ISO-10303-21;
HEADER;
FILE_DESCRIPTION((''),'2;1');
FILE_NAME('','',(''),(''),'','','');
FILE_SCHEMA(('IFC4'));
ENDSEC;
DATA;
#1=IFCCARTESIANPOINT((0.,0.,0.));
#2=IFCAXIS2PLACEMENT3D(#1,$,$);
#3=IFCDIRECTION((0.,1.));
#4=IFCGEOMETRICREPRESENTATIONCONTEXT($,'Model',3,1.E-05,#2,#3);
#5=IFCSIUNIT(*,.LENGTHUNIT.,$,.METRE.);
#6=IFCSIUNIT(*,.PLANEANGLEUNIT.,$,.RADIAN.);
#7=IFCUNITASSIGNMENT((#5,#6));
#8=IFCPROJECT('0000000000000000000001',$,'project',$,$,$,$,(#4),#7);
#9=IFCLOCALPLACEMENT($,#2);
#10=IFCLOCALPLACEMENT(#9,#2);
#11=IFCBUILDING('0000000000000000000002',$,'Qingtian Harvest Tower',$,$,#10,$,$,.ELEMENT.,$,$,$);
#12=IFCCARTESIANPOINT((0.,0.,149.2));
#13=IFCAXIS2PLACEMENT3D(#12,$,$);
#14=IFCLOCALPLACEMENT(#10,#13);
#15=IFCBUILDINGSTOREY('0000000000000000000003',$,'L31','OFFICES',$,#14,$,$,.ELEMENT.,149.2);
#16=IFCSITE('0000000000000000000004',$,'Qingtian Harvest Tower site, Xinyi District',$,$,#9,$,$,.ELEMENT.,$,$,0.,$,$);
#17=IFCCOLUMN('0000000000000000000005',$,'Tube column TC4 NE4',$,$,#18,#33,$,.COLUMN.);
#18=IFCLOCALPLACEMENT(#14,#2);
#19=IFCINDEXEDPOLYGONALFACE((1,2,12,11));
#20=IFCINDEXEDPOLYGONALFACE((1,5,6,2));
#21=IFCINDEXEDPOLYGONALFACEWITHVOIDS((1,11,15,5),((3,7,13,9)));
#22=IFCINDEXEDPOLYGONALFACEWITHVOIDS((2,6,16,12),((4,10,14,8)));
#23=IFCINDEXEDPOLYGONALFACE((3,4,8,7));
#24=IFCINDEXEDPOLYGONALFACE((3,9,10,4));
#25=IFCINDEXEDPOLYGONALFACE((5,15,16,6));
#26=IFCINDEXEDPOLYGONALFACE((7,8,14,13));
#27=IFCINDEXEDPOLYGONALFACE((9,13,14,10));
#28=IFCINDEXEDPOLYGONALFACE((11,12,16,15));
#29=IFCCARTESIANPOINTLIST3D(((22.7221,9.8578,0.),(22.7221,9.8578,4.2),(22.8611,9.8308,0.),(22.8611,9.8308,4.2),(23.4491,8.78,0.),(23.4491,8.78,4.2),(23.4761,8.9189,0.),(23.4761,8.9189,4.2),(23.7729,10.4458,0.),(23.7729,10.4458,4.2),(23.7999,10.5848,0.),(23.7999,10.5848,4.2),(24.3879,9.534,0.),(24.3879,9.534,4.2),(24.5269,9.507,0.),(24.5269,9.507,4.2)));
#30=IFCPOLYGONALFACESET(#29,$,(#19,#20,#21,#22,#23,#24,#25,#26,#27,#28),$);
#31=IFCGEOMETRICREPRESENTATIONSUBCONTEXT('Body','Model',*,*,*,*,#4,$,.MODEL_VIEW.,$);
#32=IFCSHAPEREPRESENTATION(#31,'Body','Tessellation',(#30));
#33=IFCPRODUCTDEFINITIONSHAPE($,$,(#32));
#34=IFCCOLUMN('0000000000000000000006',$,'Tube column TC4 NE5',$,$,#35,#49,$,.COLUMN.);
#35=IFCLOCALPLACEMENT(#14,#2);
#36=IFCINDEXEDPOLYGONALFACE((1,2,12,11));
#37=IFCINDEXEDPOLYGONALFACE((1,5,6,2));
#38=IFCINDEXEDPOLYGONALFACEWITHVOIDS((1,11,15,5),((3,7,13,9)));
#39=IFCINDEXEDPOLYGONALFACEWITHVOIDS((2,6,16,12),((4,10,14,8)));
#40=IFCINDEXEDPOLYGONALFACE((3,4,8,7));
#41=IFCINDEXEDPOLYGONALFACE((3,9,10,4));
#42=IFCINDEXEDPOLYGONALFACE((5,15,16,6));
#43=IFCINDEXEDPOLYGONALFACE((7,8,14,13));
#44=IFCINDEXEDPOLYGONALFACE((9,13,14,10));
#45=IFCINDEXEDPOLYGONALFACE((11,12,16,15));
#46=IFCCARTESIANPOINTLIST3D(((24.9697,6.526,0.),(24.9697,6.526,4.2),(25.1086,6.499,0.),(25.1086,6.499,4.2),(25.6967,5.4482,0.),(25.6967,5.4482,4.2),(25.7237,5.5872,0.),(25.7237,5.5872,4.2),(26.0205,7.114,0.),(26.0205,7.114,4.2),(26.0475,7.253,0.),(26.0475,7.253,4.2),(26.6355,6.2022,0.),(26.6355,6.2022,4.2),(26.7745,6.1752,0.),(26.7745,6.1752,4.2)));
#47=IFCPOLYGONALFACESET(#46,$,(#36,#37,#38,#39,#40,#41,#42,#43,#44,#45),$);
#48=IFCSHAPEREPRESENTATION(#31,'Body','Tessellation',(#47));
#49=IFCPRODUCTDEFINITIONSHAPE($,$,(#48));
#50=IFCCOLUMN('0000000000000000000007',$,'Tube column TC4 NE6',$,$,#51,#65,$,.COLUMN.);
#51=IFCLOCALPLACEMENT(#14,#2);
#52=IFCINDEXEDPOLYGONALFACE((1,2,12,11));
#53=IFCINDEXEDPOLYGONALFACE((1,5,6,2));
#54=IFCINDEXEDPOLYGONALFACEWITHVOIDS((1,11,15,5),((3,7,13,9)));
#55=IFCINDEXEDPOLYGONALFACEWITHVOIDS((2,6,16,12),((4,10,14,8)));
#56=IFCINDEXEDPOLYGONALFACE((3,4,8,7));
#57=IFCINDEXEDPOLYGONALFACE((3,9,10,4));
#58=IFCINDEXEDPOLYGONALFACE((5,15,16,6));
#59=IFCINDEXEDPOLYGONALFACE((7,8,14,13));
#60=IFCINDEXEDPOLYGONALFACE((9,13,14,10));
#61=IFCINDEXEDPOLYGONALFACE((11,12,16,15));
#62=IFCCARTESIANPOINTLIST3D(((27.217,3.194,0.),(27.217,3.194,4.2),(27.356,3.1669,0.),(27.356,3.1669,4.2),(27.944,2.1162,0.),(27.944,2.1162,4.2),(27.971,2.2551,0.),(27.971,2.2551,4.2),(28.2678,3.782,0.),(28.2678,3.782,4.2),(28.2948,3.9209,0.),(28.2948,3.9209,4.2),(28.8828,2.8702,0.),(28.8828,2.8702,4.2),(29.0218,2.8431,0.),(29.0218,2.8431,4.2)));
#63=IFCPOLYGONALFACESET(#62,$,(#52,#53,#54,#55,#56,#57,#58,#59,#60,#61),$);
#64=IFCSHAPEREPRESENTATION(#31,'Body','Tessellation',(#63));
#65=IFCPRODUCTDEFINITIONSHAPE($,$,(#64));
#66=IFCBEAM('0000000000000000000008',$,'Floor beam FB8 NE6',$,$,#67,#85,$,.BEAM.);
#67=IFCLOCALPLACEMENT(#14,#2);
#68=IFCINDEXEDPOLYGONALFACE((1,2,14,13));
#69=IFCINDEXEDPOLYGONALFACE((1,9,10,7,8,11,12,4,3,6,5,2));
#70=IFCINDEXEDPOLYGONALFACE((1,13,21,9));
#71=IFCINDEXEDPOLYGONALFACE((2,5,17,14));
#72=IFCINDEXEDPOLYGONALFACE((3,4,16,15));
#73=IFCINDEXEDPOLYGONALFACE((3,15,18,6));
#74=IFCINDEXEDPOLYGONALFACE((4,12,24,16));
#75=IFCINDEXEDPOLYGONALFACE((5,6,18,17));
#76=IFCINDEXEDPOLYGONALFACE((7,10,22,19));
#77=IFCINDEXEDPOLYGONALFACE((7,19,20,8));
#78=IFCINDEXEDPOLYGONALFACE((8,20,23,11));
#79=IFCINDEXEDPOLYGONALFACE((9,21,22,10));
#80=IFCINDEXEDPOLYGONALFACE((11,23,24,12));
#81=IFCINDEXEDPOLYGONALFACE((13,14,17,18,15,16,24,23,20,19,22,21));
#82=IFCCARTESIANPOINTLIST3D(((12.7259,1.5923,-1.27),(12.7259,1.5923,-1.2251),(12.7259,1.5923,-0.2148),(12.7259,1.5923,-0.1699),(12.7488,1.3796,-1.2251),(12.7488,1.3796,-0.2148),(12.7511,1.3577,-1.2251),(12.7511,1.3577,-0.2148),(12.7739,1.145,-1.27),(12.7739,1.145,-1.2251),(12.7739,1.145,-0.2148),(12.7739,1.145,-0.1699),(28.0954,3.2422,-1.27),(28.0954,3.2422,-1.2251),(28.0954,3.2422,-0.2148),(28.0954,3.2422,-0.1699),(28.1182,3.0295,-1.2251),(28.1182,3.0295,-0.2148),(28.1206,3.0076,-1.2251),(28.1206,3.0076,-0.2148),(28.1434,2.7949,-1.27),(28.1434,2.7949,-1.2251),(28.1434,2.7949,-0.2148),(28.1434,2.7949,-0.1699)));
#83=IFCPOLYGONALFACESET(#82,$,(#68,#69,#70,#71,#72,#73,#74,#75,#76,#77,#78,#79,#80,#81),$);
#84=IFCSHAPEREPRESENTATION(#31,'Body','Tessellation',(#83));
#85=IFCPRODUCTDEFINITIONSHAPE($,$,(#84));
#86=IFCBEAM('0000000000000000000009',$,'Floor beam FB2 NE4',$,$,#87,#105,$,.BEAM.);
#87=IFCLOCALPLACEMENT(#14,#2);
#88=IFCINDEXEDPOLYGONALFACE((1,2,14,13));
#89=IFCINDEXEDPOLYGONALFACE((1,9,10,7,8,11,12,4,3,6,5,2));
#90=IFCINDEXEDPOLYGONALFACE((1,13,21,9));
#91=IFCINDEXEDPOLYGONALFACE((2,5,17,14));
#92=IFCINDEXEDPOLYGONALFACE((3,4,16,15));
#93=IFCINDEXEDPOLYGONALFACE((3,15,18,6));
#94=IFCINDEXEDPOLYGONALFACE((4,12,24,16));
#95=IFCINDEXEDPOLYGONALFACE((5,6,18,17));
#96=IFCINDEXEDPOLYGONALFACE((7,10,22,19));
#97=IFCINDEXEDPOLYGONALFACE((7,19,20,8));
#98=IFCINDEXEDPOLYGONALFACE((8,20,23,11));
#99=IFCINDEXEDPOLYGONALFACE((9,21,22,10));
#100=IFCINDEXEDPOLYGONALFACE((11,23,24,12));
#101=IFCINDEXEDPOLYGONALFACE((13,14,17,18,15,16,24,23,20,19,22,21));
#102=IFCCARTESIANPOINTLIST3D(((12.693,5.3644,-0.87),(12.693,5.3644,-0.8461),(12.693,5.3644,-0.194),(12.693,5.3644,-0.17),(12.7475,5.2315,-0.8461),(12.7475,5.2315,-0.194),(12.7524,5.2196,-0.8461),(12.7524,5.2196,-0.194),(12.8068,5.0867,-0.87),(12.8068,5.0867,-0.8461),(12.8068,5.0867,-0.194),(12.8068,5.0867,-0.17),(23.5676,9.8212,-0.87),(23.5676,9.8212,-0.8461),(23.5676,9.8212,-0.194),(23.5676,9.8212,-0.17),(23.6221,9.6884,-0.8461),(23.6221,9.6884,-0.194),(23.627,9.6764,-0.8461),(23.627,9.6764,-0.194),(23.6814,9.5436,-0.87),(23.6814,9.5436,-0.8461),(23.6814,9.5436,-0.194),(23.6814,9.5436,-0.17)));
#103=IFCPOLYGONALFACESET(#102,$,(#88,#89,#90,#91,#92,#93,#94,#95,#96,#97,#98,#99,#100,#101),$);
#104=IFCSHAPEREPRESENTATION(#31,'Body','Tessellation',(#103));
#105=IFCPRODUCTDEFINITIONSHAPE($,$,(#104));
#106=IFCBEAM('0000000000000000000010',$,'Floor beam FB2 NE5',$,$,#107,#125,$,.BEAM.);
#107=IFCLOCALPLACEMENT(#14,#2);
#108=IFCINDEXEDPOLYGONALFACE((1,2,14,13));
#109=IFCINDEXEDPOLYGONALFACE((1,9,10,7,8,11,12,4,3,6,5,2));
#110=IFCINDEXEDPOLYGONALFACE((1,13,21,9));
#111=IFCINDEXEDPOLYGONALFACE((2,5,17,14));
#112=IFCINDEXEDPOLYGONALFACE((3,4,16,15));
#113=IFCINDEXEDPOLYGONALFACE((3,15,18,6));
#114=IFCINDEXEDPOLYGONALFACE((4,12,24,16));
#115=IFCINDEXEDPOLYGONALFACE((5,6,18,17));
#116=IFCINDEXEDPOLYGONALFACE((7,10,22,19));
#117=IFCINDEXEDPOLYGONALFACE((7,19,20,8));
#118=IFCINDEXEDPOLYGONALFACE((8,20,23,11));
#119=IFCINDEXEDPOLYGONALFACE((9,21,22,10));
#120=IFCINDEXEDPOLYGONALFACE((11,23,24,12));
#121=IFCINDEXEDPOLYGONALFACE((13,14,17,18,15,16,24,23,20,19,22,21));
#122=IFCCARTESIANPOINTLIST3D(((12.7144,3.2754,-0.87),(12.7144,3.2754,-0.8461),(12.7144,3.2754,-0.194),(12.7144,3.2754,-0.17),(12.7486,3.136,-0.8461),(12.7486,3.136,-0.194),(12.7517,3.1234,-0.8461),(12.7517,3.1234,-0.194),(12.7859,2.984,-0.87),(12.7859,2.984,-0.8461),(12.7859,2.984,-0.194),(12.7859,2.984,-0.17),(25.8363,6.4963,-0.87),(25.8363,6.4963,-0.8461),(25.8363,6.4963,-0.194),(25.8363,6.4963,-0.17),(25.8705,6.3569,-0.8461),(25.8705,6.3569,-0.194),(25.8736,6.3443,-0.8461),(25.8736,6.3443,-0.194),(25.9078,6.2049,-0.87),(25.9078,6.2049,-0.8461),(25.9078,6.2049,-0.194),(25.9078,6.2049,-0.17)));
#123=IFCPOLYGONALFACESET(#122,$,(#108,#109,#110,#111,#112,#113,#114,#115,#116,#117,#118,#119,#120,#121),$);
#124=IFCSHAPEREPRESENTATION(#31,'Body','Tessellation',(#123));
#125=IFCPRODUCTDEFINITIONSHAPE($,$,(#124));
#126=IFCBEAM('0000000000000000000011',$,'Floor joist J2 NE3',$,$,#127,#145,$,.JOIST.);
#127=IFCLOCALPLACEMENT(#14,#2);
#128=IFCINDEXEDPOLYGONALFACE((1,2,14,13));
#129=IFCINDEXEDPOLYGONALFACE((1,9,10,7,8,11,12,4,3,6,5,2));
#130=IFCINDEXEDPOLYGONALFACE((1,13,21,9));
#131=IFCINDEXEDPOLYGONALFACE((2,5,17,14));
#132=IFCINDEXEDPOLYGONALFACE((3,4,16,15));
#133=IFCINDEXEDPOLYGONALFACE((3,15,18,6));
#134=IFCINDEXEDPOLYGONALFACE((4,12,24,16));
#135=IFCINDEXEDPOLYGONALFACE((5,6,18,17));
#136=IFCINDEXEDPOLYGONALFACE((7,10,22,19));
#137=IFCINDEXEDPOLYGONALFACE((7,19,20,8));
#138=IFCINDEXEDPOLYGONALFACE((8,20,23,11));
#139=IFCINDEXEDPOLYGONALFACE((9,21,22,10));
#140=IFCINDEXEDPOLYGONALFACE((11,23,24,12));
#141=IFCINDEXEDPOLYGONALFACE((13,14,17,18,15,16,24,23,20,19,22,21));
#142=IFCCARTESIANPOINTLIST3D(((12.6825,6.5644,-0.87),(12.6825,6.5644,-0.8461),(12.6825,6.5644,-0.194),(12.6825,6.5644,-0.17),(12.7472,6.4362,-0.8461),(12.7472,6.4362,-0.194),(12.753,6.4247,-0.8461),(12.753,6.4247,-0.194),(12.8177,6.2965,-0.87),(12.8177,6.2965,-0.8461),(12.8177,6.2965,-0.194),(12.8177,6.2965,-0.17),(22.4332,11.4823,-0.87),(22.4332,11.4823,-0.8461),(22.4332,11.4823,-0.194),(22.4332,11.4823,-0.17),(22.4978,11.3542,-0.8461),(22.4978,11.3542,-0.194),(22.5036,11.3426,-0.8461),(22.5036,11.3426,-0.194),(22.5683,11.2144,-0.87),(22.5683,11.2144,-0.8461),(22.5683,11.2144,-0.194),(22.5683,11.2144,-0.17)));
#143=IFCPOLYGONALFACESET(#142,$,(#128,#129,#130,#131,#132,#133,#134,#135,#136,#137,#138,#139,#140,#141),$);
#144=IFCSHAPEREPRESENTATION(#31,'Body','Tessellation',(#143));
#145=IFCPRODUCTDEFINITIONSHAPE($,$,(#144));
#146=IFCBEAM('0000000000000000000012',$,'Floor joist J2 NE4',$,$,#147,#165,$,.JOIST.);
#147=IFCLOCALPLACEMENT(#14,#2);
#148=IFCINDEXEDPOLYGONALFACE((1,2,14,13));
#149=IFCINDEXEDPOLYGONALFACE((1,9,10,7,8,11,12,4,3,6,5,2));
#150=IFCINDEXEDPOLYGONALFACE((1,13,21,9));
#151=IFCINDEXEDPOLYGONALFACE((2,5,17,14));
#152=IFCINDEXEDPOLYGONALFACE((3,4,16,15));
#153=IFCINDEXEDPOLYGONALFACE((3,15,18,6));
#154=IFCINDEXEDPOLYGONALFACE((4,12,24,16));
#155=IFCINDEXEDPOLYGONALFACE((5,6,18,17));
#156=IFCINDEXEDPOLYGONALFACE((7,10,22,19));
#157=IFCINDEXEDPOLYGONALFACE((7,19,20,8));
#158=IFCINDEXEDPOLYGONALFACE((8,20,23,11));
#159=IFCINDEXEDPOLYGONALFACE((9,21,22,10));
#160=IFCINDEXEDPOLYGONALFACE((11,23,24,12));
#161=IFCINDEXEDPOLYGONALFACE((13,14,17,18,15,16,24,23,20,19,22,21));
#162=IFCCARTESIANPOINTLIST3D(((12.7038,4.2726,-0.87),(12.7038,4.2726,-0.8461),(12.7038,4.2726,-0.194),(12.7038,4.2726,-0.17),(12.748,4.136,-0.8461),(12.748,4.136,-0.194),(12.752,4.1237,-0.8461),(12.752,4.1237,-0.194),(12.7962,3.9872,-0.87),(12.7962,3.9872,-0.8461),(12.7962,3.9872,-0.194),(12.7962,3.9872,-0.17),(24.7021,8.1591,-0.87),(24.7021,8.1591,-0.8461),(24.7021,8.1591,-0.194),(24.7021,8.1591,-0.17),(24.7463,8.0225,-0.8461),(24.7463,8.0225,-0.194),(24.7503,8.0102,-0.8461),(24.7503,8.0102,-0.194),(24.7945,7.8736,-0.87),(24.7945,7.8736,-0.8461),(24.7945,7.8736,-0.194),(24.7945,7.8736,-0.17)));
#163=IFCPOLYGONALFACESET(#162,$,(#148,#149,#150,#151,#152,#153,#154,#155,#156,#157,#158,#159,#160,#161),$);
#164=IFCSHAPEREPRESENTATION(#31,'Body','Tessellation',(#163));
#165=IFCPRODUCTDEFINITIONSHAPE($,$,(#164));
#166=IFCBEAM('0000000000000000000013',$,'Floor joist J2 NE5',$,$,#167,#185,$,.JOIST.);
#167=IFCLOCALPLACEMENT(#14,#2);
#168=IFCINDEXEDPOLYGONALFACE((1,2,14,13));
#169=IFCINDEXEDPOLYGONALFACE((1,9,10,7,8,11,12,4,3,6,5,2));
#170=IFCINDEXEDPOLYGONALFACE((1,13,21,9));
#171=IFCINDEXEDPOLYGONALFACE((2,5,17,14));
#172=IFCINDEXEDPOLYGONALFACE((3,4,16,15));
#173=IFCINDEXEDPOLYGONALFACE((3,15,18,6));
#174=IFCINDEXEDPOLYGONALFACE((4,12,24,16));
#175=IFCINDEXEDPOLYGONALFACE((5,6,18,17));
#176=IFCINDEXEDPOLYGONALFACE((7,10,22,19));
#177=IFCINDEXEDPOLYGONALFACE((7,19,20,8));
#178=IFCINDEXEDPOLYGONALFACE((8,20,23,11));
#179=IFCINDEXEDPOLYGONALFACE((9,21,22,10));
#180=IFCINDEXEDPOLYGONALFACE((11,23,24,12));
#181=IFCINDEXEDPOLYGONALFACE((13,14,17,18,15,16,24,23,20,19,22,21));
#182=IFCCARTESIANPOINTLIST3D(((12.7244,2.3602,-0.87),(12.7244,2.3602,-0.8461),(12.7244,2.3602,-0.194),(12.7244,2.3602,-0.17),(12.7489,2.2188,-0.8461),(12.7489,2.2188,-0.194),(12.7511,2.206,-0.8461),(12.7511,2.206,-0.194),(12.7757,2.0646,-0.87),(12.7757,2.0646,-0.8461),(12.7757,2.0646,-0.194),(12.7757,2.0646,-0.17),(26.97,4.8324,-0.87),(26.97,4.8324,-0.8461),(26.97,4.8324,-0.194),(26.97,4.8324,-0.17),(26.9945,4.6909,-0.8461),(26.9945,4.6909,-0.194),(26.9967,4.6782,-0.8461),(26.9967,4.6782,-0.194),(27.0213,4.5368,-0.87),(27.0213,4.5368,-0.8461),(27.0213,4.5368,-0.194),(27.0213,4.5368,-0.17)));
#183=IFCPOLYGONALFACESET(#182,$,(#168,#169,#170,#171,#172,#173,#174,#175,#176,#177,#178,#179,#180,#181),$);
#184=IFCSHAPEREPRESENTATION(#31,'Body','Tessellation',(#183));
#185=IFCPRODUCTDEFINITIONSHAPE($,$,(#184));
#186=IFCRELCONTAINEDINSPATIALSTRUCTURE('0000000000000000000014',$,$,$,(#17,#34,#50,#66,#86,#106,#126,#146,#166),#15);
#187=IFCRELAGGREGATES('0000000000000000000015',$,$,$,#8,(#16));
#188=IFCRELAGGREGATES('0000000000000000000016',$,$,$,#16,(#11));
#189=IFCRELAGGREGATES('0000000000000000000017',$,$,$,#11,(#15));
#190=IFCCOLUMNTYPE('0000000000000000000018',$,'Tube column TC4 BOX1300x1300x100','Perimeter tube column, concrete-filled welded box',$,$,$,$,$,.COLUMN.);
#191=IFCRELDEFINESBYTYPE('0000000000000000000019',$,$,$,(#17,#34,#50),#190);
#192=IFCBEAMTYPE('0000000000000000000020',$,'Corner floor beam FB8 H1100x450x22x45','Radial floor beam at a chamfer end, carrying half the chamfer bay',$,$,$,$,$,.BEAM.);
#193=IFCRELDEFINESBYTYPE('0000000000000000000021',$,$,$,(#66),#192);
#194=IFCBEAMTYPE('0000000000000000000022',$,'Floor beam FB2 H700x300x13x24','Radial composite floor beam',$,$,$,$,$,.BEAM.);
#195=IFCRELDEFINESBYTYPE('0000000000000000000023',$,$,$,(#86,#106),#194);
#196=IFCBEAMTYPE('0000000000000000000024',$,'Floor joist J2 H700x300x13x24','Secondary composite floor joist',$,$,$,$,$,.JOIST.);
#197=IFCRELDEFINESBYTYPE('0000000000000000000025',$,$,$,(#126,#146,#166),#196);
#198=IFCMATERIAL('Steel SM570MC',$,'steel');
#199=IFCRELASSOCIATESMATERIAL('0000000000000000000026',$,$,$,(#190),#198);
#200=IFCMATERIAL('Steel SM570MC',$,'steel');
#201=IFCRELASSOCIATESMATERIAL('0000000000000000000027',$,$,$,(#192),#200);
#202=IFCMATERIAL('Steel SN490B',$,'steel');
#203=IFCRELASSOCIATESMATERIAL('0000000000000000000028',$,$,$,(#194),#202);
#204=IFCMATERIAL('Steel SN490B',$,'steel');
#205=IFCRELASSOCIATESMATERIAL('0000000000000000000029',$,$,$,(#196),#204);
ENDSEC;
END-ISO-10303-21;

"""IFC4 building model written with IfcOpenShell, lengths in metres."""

from ifc_helpers import new_model, si_unit, direction, frame, origin, origin_2d, place, context, subcontext, project, spatial, hollow_rectangle, i_section, extrude, material, material_profile, profile_set, type_object, element, save


model = new_model("IFC4")

# Units and contexts
model_context = context("Model", 3, precision=1e-05, world=origin(), true_north=direction((0.0, 1.0)))
body_context = subcontext(model_context, "Body", "Model", "MODEL_VIEW")
ifc_project = project(units=[si_unit("LENGTHUNIT", "METRE"), si_unit("PLANEANGLEUNIT", "RADIAN")], contexts=[model_context])

# Site, building, storey
site_placement = place(None, origin())
site = spatial("IfcSite", under=ifc_project, at=site_placement, Name="Qingtian Harvest Tower site, Xinyi District", CompositionType="ELEMENT", RefElevation=0.0)
building_placement = place(site_placement, origin())
building = spatial("IfcBuilding", under=site, at=building_placement, Name="Qingtian Harvest Tower", CompositionType="ELEMENT")
storey_placement = place(building_placement, frame((0.0, 0.0, 149.2)))
storey = spatial("IfcBuildingStorey", under=building, at=storey_placement, Name="L31", Description="OFFICES", CompositionType="ELEMENT", Elevation=149.2)

# Columns
ifc_material_1 = material(Name="Steel SM570MC", Category="steel")
ifc_material_profile_1 = material_profile(ifc_material_1, hollow_rectangle(XDim=1.3, YDim=1.3, WallThickness=0.1001, at=origin_2d()), Name="BOX1300x1300x100")
ifc_profile_set_1 = profile_set([ifc_material_profile_1], Name="Steel SM570MC")
column_type = type_object("IfcColumnType", Name="Tube column TC4 BOX1300x1300x100", Description="Perimeter tube column, concrete-filled welded box", PredefinedType="COLUMN", material=ifc_profile_set_1)
for number, where, z_axis, x_axis, name in (
    (1, (23.6245, 9.6824, 0.0), (0.0, 0.0, 1.0), (-0.559193, 0.829038, 0.0), "Tube column TC4 NE4"),
    (2, (25.8721, 6.3506, 0.0), (0.0, 0.0, 1.0), (-0.559193, 0.829038, 0.0), "Tube column TC4 NE5"),
    (3, (28.1194, 3.0186, 0.0), (0.0, 0.0, 1.0), (-0.559193, 0.829038, 0.0), "Tube column TC4 NE6"),
):
    element("IfcColumn", number, at=place(storey_placement, frame(where, z_axis=z_axis, x_axis=x_axis)), inside=storey, type_object=column_type, Name=name, PredefinedType="COLUMN", context=body_context, shape_type="SweptSolid", body=[
        extrude(hollow_rectangle(XDim=1.3, YDim=1.3, WallThickness=0.1001, at=origin_2d()), origin(), (0.0, 0.0, 1.0), 4.2),
    ])

# Beams
ifc_material_2 = material(Name="Steel SM570MC", Category="steel")
ifc_material_profile_2 = material_profile(ifc_material_2, i_section(OverallWidth=0.45, OverallDepth=1.1001, WebThickness=0.022, FlangeThickness=0.0449, at=origin_2d()), Name="H1100x450x22x45")
ifc_profile_set_2 = profile_set([ifc_material_profile_2], Name="Steel SM570MC")
beam_type_1 = type_object("IfcBeamType", Name="Corner floor beam FB8 H1100x450x22x45", Description="Radial floor beam at a chamfer end, carrying half the chamfer bay", PredefinedType="BEAM", material=ifc_profile_set_2)
beam_1_placement = place(storey_placement, frame((28.1194, 3.0186, -0.72), z_axis=(-0.994287, -0.106737, 0.0), x_axis=(0.106737, -0.994287, 0.0)))
element("IfcBeam", 4, at=beam_1_placement, inside=storey, type_object=beam_type_1, Name="Floor beam FB8 NE6", PredefinedType="BEAM", context=body_context, shape_type="SweptSolid", body=[
    extrude(i_section(OverallWidth=0.45, OverallDepth=1.1001, WebThickness=0.022, FlangeThickness=0.0449, at=origin_2d()), origin(), (0.0, 0.0, 1.0), 15.4578),
])
ifc_material_3 = material(Name="Steel SN490B", Category="steel")
ifc_material_profile_3 = material_profile(ifc_material_3, i_section(OverallWidth=0.3, OverallDepth=0.7, WebThickness=0.0129, FlangeThickness=0.0239, at=origin_2d()), Name="H700x300x13x24")
ifc_profile_set_3 = profile_set([ifc_material_profile_3], Name="Steel SN490B")
beam_type_2 = type_object("IfcBeamType", Name="Floor beam FB2 H700x300x13x24", Description="Radial composite floor beam", PredefinedType="BEAM", material=ifc_profile_set_3)
beam_2_placement = place(storey_placement, frame((23.6245, 9.6824, -0.52), z_axis=(-0.925305, -0.379225, 0.0), x_axis=(0.379225, -0.925305, 0.0)))
element("IfcBeam", 5, at=beam_2_placement, inside=storey, type_object=beam_type_2, Name="Floor beam FB2 NE4", PredefinedType="BEAM", context=body_context, shape_type="SweptSolid", body=[
    extrude(i_section(OverallWidth=0.3, OverallDepth=0.7, WebThickness=0.0129, FlangeThickness=0.0239, at=origin_2d()), origin(), (0.0, 0.0, 1.0), 11.7524),
])
beam_3_placement = place(storey_placement, frame((25.8721, 6.3506, -0.52), z_axis=(-0.971171, -0.238384, 0.0), x_axis=(0.238384, -0.971171, 0.0)))
element("IfcBeam", 6, at=beam_3_placement, inside=storey, type_object=beam_type_2, Name="Floor beam FB2 NE5", PredefinedType="BEAM", context=body_context, shape_type="SweptSolid", body=[
    extrude(i_section(OverallWidth=0.3, OverallDepth=0.7, WebThickness=0.0129, FlangeThickness=0.0239, at=origin_2d()), origin(), (0.0, 0.0, 1.0), 13.5115),
])
ifc_material_4 = material(Name="Steel SN490B", Category="steel")
ifc_material_profile_4 = material_profile(ifc_material_4, i_section(OverallWidth=0.3, OverallDepth=0.7, WebThickness=0.0129, FlangeThickness=0.0239, at=origin_2d()), Name="H700x300x13x24")
ifc_profile_set_4 = profile_set([ifc_material_profile_4], Name="Steel SN490B")
beam_type_3 = type_object("IfcBeamType", Name="Floor joist J2 H700x300x13x24", Description="Secondary composite floor joist", PredefinedType="JOIST", material=ifc_profile_set_4)
beam_4_placement = place(storey_placement, frame((22.5007, 11.3484, -0.52), z_axis=(-0.892861, -0.450332, 0.0), x_axis=(0.450332, -0.892861, 0.0)))
element("IfcBeam", 7, at=beam_4_placement, inside=storey, type_object=beam_type_3, Name="Floor joist J2 NE3", PredefinedType="JOIST", context=body_context, shape_type="SweptSolid", body=[
    extrude(i_section(OverallWidth=0.3, OverallDepth=0.7, WebThickness=0.0129, FlangeThickness=0.0239, at=origin_2d()), origin(), (0.0, 0.0, 1.0), 10.9207),
])
beam_5_placement = place(storey_placement, frame((24.7483, 8.0164, -0.52), z_axis=(-0.951336, -0.308156, 0.0), x_axis=(0.308156, -0.951336, 0.0)))
element("IfcBeam", 8, at=beam_5_placement, inside=storey, type_object=beam_type_3, Name="Floor joist J2 NE4", PredefinedType="JOIST", context=body_context, shape_type="SweptSolid", body=[
    extrude(i_section(OverallWidth=0.3, OverallDepth=0.7, WebThickness=0.0129, FlangeThickness=0.0239, at=origin_2d()), origin(), (0.0, 0.0, 1.0), 12.6121),
])
beam_6_placement = place(storey_placement, frame((26.9956, 4.6846, -0.52), z_axis=(-0.985274, -0.170983, 0.0), x_axis=(0.170983, -0.985274, 0.0)))
element("IfcBeam", 9, at=beam_6_placement, inside=storey, type_object=beam_type_3, Name="Floor joist J2 NE5", PredefinedType="JOIST", context=body_context, shape_type="SweptSolid", body=[
    extrude(i_section(OverallWidth=0.3, OverallDepth=0.7, WebThickness=0.0129, FlangeThickness=0.0239, at=origin_2d()), origin(), (0.0, 0.0, 1.0), 14.4585),
])

save(model, "model.ifc")
